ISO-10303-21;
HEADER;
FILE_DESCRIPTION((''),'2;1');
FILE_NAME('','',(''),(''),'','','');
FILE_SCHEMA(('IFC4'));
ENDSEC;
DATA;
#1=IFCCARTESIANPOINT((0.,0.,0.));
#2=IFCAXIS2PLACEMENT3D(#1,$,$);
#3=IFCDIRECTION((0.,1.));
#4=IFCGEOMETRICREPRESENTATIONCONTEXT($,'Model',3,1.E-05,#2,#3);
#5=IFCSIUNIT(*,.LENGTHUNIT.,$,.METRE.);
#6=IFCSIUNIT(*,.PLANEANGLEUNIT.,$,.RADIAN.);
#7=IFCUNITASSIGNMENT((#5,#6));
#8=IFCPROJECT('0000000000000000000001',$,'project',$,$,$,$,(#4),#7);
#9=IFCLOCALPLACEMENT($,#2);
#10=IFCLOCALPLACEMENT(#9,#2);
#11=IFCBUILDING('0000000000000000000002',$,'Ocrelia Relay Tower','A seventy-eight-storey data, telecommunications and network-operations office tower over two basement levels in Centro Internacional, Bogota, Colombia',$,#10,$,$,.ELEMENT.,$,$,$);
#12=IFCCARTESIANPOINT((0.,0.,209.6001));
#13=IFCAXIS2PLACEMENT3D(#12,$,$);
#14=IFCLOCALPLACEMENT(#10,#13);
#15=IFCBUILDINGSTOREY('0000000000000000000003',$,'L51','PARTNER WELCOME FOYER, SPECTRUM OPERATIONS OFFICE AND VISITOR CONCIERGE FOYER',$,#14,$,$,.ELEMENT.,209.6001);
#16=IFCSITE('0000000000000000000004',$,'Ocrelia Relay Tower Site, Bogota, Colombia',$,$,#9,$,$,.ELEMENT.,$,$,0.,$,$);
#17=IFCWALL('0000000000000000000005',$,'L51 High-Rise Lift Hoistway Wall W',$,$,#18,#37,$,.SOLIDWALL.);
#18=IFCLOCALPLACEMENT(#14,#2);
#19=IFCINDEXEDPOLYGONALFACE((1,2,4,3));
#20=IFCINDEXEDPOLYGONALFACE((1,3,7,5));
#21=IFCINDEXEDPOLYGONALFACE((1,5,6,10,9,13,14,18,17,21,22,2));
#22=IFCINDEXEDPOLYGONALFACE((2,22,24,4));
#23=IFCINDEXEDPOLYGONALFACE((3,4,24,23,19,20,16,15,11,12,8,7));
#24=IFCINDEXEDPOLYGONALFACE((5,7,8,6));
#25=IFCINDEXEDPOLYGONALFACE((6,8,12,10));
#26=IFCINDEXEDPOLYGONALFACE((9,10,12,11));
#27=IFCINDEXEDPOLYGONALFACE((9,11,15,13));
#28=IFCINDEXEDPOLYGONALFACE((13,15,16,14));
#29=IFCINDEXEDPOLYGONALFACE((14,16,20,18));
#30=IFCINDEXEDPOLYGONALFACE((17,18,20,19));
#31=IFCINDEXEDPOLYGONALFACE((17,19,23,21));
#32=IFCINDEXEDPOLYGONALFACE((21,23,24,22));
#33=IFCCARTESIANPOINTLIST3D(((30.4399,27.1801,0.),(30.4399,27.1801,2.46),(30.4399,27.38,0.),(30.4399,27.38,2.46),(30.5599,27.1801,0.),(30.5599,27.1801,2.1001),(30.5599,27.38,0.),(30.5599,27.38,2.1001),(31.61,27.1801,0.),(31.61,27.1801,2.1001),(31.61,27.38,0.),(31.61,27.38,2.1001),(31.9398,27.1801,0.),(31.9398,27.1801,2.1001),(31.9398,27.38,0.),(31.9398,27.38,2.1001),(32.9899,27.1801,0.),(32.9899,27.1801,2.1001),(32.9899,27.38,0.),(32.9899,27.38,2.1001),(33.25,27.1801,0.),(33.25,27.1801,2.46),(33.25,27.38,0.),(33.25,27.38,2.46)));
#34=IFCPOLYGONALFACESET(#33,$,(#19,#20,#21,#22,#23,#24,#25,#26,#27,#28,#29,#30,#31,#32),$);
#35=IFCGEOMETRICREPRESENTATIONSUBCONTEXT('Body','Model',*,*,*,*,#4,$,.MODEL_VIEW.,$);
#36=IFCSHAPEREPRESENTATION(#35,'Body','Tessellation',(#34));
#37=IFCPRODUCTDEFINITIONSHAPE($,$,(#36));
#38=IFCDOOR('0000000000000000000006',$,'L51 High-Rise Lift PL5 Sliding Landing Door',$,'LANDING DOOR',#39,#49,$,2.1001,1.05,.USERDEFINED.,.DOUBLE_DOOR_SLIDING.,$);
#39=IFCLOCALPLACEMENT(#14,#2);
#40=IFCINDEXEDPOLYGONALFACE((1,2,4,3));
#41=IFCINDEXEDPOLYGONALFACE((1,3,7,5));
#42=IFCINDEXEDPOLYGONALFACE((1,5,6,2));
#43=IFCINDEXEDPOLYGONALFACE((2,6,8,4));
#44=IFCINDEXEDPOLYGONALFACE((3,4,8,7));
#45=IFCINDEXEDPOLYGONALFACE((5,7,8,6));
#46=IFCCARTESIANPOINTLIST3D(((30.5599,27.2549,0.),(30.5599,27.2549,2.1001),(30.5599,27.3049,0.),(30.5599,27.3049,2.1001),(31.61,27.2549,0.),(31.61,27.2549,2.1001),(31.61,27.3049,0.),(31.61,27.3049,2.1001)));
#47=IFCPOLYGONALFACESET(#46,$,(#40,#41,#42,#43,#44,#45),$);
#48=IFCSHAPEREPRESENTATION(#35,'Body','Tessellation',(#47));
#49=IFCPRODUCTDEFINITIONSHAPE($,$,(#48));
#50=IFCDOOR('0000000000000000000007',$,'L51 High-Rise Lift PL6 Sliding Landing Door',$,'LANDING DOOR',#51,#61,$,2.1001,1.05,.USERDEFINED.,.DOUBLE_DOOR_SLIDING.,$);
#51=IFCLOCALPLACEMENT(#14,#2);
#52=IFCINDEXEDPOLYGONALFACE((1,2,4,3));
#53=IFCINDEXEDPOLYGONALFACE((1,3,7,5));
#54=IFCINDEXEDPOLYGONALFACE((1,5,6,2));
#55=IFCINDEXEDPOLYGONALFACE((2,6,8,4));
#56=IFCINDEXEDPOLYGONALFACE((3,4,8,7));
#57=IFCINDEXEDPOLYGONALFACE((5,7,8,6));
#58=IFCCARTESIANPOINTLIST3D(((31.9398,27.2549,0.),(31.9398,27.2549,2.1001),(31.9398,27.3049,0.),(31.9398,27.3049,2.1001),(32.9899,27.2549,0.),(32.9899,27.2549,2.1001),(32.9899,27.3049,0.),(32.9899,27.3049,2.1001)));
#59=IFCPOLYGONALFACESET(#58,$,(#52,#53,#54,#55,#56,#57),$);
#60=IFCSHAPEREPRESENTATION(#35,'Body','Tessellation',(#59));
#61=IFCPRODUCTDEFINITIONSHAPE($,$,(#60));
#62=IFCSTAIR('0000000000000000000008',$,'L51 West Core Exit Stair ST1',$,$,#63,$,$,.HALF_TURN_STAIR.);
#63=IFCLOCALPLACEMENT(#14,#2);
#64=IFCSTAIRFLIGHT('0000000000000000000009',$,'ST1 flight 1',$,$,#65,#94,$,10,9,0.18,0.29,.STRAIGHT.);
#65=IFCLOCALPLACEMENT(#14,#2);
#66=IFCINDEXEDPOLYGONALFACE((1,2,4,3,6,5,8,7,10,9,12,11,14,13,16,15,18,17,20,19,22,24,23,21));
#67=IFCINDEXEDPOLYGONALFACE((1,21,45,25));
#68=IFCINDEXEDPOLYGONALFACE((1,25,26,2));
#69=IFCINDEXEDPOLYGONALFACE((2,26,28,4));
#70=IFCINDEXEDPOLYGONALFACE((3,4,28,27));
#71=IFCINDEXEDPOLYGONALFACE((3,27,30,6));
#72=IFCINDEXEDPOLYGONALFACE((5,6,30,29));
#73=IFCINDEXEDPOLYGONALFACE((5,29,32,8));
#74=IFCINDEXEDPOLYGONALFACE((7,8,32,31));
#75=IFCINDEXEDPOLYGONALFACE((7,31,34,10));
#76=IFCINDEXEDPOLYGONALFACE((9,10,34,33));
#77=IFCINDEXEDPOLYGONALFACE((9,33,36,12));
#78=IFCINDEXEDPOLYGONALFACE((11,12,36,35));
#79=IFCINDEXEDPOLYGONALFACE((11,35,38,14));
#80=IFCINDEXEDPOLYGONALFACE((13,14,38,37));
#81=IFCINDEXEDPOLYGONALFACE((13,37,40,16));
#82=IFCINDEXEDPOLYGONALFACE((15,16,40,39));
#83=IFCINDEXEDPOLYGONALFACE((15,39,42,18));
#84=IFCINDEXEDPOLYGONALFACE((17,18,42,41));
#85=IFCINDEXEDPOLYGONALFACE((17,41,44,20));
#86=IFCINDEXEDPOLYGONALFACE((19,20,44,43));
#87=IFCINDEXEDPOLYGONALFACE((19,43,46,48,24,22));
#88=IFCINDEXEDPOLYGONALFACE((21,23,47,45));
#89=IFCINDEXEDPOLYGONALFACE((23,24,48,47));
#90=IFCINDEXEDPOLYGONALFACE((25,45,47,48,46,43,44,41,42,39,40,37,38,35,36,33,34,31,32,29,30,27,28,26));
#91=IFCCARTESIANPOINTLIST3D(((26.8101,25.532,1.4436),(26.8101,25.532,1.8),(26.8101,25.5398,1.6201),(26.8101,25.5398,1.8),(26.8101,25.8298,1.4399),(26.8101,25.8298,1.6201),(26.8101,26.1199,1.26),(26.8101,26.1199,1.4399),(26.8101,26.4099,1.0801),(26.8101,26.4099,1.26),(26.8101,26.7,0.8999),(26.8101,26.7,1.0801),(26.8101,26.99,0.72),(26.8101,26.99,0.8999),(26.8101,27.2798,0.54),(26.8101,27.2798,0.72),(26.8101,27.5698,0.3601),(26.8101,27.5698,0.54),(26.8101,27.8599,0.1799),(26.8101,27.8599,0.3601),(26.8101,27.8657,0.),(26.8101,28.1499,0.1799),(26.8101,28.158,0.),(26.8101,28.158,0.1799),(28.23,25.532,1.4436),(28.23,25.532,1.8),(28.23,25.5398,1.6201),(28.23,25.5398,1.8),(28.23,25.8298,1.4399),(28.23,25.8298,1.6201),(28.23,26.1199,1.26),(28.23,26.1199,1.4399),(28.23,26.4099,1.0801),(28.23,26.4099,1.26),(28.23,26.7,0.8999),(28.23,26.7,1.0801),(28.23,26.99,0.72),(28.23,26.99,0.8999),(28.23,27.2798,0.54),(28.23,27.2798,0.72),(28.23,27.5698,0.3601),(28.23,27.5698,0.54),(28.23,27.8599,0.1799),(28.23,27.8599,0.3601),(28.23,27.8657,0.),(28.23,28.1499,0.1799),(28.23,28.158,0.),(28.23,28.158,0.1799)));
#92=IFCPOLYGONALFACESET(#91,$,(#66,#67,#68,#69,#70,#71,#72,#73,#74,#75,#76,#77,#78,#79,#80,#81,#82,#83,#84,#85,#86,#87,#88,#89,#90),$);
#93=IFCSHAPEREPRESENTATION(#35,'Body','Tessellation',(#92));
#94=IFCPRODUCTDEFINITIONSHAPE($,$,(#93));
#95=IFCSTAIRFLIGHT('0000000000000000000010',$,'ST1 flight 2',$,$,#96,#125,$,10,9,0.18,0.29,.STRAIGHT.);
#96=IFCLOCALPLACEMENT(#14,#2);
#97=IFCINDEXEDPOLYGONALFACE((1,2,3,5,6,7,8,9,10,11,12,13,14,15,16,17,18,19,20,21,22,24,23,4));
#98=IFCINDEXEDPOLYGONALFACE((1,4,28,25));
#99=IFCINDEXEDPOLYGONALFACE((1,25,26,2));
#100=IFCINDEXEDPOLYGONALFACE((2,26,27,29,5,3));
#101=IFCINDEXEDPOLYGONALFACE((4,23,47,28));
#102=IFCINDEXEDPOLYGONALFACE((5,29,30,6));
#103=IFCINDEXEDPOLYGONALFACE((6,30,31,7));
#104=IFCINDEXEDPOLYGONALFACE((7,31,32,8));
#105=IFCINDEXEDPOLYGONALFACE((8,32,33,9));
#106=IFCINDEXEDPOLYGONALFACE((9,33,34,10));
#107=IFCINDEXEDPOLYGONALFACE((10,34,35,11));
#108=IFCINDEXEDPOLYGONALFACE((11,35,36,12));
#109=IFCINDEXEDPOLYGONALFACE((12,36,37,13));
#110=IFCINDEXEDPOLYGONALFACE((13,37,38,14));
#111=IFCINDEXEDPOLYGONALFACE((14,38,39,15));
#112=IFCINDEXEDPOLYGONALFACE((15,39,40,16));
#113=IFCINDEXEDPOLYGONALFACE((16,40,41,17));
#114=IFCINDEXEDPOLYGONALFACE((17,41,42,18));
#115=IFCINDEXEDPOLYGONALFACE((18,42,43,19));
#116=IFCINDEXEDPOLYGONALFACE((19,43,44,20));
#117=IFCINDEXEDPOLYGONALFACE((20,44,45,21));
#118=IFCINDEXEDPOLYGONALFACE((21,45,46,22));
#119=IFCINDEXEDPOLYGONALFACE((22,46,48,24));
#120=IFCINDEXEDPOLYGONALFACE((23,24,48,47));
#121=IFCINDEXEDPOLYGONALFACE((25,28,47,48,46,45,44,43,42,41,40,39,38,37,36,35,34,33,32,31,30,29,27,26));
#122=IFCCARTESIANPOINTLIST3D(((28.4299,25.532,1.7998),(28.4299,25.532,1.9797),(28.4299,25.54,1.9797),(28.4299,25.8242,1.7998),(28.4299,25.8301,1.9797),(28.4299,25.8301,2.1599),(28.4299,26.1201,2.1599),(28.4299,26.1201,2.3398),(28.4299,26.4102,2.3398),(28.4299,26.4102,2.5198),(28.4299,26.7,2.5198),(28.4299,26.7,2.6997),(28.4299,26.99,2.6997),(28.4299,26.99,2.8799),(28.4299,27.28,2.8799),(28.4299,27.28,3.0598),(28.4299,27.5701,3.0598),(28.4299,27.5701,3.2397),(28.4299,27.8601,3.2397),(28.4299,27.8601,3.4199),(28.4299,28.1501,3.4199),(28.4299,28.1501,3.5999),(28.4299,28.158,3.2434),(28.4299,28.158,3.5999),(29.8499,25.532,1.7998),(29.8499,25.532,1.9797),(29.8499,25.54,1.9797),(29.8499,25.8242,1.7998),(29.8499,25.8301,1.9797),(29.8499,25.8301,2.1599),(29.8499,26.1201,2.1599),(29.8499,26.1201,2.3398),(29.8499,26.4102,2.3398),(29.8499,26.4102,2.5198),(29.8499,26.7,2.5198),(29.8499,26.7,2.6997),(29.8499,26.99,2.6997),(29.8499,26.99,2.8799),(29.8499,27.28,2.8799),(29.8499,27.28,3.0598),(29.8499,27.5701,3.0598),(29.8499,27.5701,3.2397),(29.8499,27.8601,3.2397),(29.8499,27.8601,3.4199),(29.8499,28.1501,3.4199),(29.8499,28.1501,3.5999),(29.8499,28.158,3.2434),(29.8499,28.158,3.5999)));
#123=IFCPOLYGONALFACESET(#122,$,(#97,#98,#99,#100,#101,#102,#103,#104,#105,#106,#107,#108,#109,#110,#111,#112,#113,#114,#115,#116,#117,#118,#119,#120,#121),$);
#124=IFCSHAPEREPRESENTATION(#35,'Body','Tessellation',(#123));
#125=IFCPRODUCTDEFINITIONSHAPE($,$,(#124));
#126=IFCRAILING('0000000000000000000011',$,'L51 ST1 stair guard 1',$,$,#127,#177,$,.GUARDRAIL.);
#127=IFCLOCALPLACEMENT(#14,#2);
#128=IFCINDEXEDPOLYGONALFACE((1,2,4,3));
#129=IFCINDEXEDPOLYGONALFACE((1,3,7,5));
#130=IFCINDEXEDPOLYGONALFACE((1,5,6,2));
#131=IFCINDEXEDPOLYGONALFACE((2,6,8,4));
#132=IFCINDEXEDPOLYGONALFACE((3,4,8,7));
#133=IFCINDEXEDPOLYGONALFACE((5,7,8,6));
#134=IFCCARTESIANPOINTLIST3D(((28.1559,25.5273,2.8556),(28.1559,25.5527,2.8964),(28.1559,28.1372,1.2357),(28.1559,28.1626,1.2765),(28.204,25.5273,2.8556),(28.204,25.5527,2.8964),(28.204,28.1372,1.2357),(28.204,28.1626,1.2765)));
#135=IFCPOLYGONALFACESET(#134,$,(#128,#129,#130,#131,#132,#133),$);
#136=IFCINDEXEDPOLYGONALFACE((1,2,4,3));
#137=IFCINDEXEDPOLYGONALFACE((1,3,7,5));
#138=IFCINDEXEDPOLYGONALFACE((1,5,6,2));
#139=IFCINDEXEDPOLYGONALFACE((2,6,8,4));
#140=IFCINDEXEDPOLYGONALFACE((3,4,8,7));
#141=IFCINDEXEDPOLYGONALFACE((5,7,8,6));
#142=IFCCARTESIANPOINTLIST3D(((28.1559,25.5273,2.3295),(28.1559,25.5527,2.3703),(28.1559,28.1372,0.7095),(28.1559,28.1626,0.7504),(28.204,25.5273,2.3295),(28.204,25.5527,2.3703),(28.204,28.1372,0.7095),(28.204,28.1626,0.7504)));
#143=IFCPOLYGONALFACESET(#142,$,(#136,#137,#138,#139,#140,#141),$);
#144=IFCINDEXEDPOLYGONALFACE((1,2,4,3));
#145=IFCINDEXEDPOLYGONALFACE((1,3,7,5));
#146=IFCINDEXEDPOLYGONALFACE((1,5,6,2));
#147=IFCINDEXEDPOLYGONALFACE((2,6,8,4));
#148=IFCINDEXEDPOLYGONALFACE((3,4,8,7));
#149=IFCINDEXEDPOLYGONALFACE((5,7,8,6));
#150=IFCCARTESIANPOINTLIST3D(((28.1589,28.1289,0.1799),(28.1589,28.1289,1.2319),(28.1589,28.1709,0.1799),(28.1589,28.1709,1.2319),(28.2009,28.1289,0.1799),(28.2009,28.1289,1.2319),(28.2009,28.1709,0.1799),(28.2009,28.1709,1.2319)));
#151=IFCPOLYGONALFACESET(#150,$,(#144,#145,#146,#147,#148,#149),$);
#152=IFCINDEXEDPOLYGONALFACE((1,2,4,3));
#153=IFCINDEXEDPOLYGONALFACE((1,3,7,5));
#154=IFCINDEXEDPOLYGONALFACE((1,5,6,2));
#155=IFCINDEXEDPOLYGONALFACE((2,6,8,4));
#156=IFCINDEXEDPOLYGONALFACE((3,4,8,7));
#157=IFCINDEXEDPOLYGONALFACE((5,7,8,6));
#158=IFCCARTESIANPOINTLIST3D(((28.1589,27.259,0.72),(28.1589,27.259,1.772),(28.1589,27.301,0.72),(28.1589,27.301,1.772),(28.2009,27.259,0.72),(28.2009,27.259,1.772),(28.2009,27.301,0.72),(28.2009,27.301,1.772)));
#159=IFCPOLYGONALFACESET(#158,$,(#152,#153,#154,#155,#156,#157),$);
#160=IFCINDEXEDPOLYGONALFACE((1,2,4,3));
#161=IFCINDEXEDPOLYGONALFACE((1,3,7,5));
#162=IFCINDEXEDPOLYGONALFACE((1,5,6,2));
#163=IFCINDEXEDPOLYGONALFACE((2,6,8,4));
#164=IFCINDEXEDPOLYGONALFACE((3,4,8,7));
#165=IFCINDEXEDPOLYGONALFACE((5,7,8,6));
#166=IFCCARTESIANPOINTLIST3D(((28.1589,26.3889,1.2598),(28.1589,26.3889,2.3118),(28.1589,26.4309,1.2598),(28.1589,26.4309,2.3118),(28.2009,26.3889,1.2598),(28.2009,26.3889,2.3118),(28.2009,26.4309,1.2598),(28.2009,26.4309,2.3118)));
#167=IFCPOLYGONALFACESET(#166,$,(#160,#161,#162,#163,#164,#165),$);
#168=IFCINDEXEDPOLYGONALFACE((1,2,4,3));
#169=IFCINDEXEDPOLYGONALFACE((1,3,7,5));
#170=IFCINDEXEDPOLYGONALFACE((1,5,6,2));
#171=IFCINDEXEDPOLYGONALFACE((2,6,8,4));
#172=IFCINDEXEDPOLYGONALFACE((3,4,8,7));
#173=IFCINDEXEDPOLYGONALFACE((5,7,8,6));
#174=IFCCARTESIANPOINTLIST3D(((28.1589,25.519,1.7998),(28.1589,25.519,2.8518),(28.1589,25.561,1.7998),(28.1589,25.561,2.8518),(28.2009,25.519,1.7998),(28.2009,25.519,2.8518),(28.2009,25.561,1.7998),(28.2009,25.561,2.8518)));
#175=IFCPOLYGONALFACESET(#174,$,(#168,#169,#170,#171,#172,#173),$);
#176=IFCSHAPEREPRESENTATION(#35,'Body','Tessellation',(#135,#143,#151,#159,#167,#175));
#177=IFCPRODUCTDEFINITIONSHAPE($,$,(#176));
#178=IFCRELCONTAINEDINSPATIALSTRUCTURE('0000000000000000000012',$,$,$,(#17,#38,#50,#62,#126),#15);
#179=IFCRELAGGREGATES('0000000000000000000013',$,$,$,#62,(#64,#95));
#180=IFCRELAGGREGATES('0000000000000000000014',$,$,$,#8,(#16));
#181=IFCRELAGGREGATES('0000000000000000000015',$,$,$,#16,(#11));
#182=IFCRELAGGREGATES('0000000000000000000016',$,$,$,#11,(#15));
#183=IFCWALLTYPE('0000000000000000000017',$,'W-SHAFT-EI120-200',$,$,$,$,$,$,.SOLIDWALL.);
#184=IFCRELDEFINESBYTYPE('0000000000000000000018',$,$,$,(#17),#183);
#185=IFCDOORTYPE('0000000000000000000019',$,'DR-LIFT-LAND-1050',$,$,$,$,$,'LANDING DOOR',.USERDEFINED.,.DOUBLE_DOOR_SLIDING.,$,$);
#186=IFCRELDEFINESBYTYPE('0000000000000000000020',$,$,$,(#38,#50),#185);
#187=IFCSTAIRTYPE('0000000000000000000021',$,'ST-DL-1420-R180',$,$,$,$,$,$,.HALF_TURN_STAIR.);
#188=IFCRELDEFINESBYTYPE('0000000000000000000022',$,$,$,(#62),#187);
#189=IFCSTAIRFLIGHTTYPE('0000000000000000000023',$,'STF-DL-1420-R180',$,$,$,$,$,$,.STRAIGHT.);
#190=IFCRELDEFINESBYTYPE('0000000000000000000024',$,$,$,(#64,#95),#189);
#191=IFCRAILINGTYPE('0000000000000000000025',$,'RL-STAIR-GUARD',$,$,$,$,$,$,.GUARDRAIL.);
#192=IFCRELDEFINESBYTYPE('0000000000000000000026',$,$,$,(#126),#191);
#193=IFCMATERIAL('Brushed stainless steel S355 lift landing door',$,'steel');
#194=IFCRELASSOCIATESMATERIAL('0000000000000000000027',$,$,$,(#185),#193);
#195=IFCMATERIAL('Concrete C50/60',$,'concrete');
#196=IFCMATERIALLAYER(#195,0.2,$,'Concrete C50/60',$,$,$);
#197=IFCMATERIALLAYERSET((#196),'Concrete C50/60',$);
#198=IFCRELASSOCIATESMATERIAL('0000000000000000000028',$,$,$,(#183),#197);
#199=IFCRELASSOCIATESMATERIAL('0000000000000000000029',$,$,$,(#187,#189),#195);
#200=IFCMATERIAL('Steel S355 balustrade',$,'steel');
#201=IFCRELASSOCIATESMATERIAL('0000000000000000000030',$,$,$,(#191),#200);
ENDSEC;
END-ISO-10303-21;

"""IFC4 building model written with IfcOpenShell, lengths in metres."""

from ifc_helpers import new_model, si_unit, direction, frame, frame_2d, origin, origin_2d, place, context, subcontext, project, spatial, polyline, rectangle, outline, extrude, material, layer, layer_set, type_object, element, fill, aggregate, save


model = new_model("IFC4")

# Units and contexts
model_context = context("Model", 3, precision=1e-05, world=origin(), true_north=direction((0.0, 1.0)))
body_context = subcontext(model_context, "Body", "Model", "MODEL_VIEW")
ifc_project = project(units=[si_unit("LENGTHUNIT", "METRE"), si_unit("PLANEANGLEUNIT", "RADIAN")], contexts=[model_context])

# Site, building, storey
site_placement = place(None, origin())
site = spatial("IfcSite", under=ifc_project, at=site_placement, Name="Ocrelia Relay Tower Site, Bogota, Colombia", CompositionType="ELEMENT", RefElevation=0.0)
building_placement = place(site_placement, origin())
building = spatial("IfcBuilding", under=site, at=building_placement, Name="Ocrelia Relay Tower", Description="A seventy-eight-storey data, telecommunications and network-operations office tower over two basement levels in Centro Internacional, Bogota, Colombia", CompositionType="ELEMENT")
storey_placement = place(building_placement, frame((0.0, 0.0, 209.6001)))
storey = spatial("IfcBuildingStorey", under=building, at=storey_placement, Name="L51", Description="PARTNER WELCOME FOYER, SPECTRUM OPERATIONS OFFICE AND VISITOR CONCIERGE FOYER", CompositionType="ELEMENT", Elevation=209.6001)

# Shared definitions
ifc_material_1 = material(Name="Concrete C50/60", Category="concrete")

# Shared definitions
ifc_material_2 = material(Name="Brushed stainless steel S355 lift landing door", Category="steel")
door_type_1 = type_object("IfcDoorType", Name="DR-LIFT-LAND-1050", ElementType="LANDING DOOR", OperationType="DOUBLE_DOOR_SLIDING", PredefinedType="USERDEFINED", material=ifc_material_2)

# Shared definitions
ifc_layer_1 = layer(ifc_material_1, 0.2, Name="Concrete C50/60")
ifc_layer_set_1 = layer_set([ifc_layer_1], Name="Concrete C50/60")
wall_type_1 = type_object("IfcWallType", Name="W-SHAFT-EI120-200", PredefinedType="SOLIDWALL", material=ifc_layer_set_1)

# Wall, openings, doors
wall_1_placement = place(storey_placement, frame((30.4399, 27.28, 0.0), z_axis=(0.0, 0.0, 1.0), x_axis=(1.0, 0.0, 0.0)))
wall_1 = element("IfcWall", 1, at=wall_1_placement, inside=storey, type_object=wall_type_1, Name="L51 High-Rise Lift Hoistway Wall W", PredefinedType="SOLIDWALL", context=body_context, shape_type="SweptSolid", body=[
    extrude(rectangle(XDim=2.8101, YDim=0.2, at=frame_2d((1.405, 0.0))), origin(), (0.0, 0.0, 1.0), 2.46),
])
opening_1_placement = place(wall_1_placement, frame((0.1201, 0.0, 0.0)))
opening_1 = element("IfcOpeningElement", 2, at=opening_1_placement, cuts=wall_1, PredefinedType="OPENING", context=body_context, shape_type="SweptSolid", body=[
    extrude(rectangle(XDim=1.05, YDim=2.1001, at=frame_2d((0.5249, 1.05))), frame((0.0, 0.1099, 0.0), z_axis=(0.0, -1.0, 0.0), x_axis=(1.0, 0.0, 0.0)), (0.0, 0.0, 1.0), 0.22),
])
opening_2_placement = place(wall_1_placement, frame((1.5, 0.0, 0.0)))
opening_2 = element("IfcOpeningElement", 3, at=opening_2_placement, cuts=wall_1, PredefinedType="OPENING", context=body_context, shape_type="SweptSolid", body=[
    extrude(rectangle(XDim=1.05, YDim=2.1001, at=frame_2d((0.5249, 1.05))), frame((0.0, 0.1099, 0.0), z_axis=(0.0, -1.0, 0.0), x_axis=(1.0, 0.0, 0.0)), (0.0, 0.0, 1.0), 0.22),
])
door_1_placement = place(opening_1_placement, origin())
door_1 = element("IfcDoor", 4, at=door_1_placement, inside=storey, type_object=door_type_1, Name="L51 High-Rise Lift PL5 Sliding Landing Door", ObjectType="LANDING DOOR", OperationType="DOUBLE_DOOR_SLIDING", OverallHeight=2.1001, OverallWidth=1.05, PredefinedType="USERDEFINED", context=body_context, shape_type="SweptSolid", body=[
    extrude(rectangle(XDim=1.05, YDim=2.1001, at=frame_2d((0.5249, 1.05))), frame((0.0, 0.0249, 0.0), z_axis=(0.0, -1.0, 0.0), x_axis=(1.0, 0.0, 0.0)), (0.0, 0.0, 1.0), 0.05),
])
fill(opening_1, door_1)
door_2_placement = place(opening_2_placement, origin())
door_2 = element("IfcDoor", 5, at=door_2_placement, inside=storey, type_object=door_type_1, Name="L51 High-Rise Lift PL6 Sliding Landing Door", ObjectType="LANDING DOOR", OperationType="DOUBLE_DOOR_SLIDING", OverallHeight=2.1001, OverallWidth=1.05, PredefinedType="USERDEFINED", context=body_context, shape_type="SweptSolid", body=[
    extrude(rectangle(XDim=1.05, YDim=2.1001, at=frame_2d((0.5249, 1.05))), frame((0.0, 0.0249, 0.0), z_axis=(0.0, -1.0, 0.0), x_axis=(1.0, 0.0, 0.0)), (0.0, 0.0, 1.0), 0.05),
])
fill(opening_2, door_2)

# Stair, stair flights
stair_type = type_object("IfcStairType", Name="ST-DL-1420-R180", PredefinedType="HALF_TURN_STAIR", material=ifc_material_1)
stair_placement = place(storey_placement, origin())
stair = element("IfcStair", 6, at=stair_placement, inside=storey, type_object=stair_type, Name="L51 West Core Exit Stair ST1", PredefinedType="HALF_TURN_STAIR")
stair_flight_type = type_object("IfcStairFlightType", Name="STF-DL-1420-R180", PredefinedType="STRAIGHT", material=ifc_material_1)
stair_flight_1_placement = place(storey_placement, frame((27.52, 28.1499, 0.0), z_axis=(0.0, 0.0, 1.0), x_axis=(0.0, -1.0, 0.0)))
stair_flight_1 = element("IfcStairFlight", 7, at=stair_flight_1_placement, type_object=stair_flight_type, Name="ST1 flight 1", NumberOfRisers=10, NumberOfTreads=9, PredefinedType="STRAIGHT", RiserHeight=0.18, TreadLength=0.29, context=body_context, shape_type="SweptSolid", body=[
    extrude(outline(polyline([(-0.0081, 0.0), (-0.0081, 0.1799), (0.0, 0.1799), (0.29, 0.1799), (0.29, 0.3601), (0.5801, 0.3601), (0.5801, 0.54), (0.8701, 0.54), (0.8701, 0.72), (1.1599, 0.72), (1.1599, 0.8999), (1.45, 0.8999), (1.45, 1.0801), (1.74, 1.0801), (1.74, 1.26), (2.03, 1.26), (2.03, 1.4399), (2.3201, 1.4399), (2.3201, 1.6201), (2.6101, 1.6201), (2.6101, 1.8), (2.6179, 1.8), (2.6179, 1.4436), (0.2842, 0.0), (-0.0081, 0.0)])), frame((0.0, 0.71, 0.0), z_axis=(0.0, -1.0, 0.0), x_axis=(1.0, 0.0, 0.0)), (0.0, 0.0, 1.0), 1.4199),
])
stair_flight_2_placement = place(storey_placement, frame((29.1399, 25.54, 1.7998), z_axis=(0.0, 0.0, 1.0), x_axis=(0.0, 1.0, 0.0)))
stair_flight_2 = element("IfcStairFlight", 8, at=stair_flight_2_placement, type_object=stair_flight_type, Name="ST1 flight 2", NumberOfRisers=10, NumberOfTreads=9, PredefinedType="STRAIGHT", RiserHeight=0.18, TreadLength=0.29, context=body_context, shape_type="SweptSolid", body=[
    extrude(outline(polyline([(-0.0081, 0.0), (-0.0081, 0.1799), (0.0, 0.1799), (0.29, 0.1799), (0.29, 0.3601), (0.5801, 0.3601), (0.5801, 0.54), (0.8701, 0.54), (0.8701, 0.72), (1.1599, 0.72), (1.1599, 0.8999), (1.45, 0.8999), (1.45, 1.0801), (1.74, 1.0801), (1.74, 1.26), (2.03, 1.26), (2.03, 1.4399), (2.3201, 1.4399), (2.3201, 1.6201), (2.6101, 1.6201), (2.6101, 1.8), (2.6179, 1.8), (2.6179, 1.4436), (0.2842, 0.0), (-0.0081, 0.0)])), frame((0.0, 0.71, 0.0), z_axis=(0.0, -1.0, 0.0), x_axis=(1.0, 0.0, 0.0)), (0.0, 0.0, 1.0), 1.4199),
])
aggregate(stair, [stair_flight_1, stair_flight_2])

# Railing
ifc_material_3 = material(Name="Steel S355 balustrade", Category="steel")
railing_type_1 = type_object("IfcRailingType", Name="RL-STAIR-GUARD", PredefinedType="GUARDRAIL", material=ifc_material_3)
railing_1_placement = place(storey_placement, frame((28.1799, 28.1499, 0.1799)))
element("IfcRailing", 9, at=railing_1_placement, inside=storey, type_object=railing_type_1, Name="L51 ST1 stair guard 1", PredefinedType="GUARDRAIL", context=body_context, shape_type="SweptSolid", body=[
    extrude(rectangle(XDim=0.0481, YDim=0.0481, at=origin_2d()), frame((0.0, 0.0, 1.0762), z_axis=(0.0, -0.849646, 0.527353), x_axis=(1.0, 0.0, 0.0)), (0.0, 0.0, 1.0), 3.0718),
    extrude(rectangle(XDim=0.0481, YDim=0.0481, at=origin_2d()), frame((0.0, 0.0, 0.55), z_axis=(0.0, -0.849646, 0.527353), x_axis=(1.0, 0.0, 0.0)), (0.0, 0.0, 1.0), 3.0718),
    extrude(rectangle(XDim=0.042, YDim=0.042, at=origin_2d()), origin(), (0.0, 0.0, 1.0), 1.052),
    extrude(rectangle(XDim=0.042, YDim=0.042, at=origin_2d()), frame((0.0, -0.8699, 0.54)), (0.0, 0.0, 1.0), 1.052),
    extrude(rectangle(XDim=0.042, YDim=0.042, at=origin_2d()), frame((0.0, -1.74, 1.0798)), (0.0, 0.0, 1.0), 1.052),
    extrude(rectangle(XDim=0.042, YDim=0.042, at=origin_2d()), frame((0.0, -2.6099, 1.6199)), (0.0, 0.0, 1.0), 1.052),
])

save(model, "model.ifc")
